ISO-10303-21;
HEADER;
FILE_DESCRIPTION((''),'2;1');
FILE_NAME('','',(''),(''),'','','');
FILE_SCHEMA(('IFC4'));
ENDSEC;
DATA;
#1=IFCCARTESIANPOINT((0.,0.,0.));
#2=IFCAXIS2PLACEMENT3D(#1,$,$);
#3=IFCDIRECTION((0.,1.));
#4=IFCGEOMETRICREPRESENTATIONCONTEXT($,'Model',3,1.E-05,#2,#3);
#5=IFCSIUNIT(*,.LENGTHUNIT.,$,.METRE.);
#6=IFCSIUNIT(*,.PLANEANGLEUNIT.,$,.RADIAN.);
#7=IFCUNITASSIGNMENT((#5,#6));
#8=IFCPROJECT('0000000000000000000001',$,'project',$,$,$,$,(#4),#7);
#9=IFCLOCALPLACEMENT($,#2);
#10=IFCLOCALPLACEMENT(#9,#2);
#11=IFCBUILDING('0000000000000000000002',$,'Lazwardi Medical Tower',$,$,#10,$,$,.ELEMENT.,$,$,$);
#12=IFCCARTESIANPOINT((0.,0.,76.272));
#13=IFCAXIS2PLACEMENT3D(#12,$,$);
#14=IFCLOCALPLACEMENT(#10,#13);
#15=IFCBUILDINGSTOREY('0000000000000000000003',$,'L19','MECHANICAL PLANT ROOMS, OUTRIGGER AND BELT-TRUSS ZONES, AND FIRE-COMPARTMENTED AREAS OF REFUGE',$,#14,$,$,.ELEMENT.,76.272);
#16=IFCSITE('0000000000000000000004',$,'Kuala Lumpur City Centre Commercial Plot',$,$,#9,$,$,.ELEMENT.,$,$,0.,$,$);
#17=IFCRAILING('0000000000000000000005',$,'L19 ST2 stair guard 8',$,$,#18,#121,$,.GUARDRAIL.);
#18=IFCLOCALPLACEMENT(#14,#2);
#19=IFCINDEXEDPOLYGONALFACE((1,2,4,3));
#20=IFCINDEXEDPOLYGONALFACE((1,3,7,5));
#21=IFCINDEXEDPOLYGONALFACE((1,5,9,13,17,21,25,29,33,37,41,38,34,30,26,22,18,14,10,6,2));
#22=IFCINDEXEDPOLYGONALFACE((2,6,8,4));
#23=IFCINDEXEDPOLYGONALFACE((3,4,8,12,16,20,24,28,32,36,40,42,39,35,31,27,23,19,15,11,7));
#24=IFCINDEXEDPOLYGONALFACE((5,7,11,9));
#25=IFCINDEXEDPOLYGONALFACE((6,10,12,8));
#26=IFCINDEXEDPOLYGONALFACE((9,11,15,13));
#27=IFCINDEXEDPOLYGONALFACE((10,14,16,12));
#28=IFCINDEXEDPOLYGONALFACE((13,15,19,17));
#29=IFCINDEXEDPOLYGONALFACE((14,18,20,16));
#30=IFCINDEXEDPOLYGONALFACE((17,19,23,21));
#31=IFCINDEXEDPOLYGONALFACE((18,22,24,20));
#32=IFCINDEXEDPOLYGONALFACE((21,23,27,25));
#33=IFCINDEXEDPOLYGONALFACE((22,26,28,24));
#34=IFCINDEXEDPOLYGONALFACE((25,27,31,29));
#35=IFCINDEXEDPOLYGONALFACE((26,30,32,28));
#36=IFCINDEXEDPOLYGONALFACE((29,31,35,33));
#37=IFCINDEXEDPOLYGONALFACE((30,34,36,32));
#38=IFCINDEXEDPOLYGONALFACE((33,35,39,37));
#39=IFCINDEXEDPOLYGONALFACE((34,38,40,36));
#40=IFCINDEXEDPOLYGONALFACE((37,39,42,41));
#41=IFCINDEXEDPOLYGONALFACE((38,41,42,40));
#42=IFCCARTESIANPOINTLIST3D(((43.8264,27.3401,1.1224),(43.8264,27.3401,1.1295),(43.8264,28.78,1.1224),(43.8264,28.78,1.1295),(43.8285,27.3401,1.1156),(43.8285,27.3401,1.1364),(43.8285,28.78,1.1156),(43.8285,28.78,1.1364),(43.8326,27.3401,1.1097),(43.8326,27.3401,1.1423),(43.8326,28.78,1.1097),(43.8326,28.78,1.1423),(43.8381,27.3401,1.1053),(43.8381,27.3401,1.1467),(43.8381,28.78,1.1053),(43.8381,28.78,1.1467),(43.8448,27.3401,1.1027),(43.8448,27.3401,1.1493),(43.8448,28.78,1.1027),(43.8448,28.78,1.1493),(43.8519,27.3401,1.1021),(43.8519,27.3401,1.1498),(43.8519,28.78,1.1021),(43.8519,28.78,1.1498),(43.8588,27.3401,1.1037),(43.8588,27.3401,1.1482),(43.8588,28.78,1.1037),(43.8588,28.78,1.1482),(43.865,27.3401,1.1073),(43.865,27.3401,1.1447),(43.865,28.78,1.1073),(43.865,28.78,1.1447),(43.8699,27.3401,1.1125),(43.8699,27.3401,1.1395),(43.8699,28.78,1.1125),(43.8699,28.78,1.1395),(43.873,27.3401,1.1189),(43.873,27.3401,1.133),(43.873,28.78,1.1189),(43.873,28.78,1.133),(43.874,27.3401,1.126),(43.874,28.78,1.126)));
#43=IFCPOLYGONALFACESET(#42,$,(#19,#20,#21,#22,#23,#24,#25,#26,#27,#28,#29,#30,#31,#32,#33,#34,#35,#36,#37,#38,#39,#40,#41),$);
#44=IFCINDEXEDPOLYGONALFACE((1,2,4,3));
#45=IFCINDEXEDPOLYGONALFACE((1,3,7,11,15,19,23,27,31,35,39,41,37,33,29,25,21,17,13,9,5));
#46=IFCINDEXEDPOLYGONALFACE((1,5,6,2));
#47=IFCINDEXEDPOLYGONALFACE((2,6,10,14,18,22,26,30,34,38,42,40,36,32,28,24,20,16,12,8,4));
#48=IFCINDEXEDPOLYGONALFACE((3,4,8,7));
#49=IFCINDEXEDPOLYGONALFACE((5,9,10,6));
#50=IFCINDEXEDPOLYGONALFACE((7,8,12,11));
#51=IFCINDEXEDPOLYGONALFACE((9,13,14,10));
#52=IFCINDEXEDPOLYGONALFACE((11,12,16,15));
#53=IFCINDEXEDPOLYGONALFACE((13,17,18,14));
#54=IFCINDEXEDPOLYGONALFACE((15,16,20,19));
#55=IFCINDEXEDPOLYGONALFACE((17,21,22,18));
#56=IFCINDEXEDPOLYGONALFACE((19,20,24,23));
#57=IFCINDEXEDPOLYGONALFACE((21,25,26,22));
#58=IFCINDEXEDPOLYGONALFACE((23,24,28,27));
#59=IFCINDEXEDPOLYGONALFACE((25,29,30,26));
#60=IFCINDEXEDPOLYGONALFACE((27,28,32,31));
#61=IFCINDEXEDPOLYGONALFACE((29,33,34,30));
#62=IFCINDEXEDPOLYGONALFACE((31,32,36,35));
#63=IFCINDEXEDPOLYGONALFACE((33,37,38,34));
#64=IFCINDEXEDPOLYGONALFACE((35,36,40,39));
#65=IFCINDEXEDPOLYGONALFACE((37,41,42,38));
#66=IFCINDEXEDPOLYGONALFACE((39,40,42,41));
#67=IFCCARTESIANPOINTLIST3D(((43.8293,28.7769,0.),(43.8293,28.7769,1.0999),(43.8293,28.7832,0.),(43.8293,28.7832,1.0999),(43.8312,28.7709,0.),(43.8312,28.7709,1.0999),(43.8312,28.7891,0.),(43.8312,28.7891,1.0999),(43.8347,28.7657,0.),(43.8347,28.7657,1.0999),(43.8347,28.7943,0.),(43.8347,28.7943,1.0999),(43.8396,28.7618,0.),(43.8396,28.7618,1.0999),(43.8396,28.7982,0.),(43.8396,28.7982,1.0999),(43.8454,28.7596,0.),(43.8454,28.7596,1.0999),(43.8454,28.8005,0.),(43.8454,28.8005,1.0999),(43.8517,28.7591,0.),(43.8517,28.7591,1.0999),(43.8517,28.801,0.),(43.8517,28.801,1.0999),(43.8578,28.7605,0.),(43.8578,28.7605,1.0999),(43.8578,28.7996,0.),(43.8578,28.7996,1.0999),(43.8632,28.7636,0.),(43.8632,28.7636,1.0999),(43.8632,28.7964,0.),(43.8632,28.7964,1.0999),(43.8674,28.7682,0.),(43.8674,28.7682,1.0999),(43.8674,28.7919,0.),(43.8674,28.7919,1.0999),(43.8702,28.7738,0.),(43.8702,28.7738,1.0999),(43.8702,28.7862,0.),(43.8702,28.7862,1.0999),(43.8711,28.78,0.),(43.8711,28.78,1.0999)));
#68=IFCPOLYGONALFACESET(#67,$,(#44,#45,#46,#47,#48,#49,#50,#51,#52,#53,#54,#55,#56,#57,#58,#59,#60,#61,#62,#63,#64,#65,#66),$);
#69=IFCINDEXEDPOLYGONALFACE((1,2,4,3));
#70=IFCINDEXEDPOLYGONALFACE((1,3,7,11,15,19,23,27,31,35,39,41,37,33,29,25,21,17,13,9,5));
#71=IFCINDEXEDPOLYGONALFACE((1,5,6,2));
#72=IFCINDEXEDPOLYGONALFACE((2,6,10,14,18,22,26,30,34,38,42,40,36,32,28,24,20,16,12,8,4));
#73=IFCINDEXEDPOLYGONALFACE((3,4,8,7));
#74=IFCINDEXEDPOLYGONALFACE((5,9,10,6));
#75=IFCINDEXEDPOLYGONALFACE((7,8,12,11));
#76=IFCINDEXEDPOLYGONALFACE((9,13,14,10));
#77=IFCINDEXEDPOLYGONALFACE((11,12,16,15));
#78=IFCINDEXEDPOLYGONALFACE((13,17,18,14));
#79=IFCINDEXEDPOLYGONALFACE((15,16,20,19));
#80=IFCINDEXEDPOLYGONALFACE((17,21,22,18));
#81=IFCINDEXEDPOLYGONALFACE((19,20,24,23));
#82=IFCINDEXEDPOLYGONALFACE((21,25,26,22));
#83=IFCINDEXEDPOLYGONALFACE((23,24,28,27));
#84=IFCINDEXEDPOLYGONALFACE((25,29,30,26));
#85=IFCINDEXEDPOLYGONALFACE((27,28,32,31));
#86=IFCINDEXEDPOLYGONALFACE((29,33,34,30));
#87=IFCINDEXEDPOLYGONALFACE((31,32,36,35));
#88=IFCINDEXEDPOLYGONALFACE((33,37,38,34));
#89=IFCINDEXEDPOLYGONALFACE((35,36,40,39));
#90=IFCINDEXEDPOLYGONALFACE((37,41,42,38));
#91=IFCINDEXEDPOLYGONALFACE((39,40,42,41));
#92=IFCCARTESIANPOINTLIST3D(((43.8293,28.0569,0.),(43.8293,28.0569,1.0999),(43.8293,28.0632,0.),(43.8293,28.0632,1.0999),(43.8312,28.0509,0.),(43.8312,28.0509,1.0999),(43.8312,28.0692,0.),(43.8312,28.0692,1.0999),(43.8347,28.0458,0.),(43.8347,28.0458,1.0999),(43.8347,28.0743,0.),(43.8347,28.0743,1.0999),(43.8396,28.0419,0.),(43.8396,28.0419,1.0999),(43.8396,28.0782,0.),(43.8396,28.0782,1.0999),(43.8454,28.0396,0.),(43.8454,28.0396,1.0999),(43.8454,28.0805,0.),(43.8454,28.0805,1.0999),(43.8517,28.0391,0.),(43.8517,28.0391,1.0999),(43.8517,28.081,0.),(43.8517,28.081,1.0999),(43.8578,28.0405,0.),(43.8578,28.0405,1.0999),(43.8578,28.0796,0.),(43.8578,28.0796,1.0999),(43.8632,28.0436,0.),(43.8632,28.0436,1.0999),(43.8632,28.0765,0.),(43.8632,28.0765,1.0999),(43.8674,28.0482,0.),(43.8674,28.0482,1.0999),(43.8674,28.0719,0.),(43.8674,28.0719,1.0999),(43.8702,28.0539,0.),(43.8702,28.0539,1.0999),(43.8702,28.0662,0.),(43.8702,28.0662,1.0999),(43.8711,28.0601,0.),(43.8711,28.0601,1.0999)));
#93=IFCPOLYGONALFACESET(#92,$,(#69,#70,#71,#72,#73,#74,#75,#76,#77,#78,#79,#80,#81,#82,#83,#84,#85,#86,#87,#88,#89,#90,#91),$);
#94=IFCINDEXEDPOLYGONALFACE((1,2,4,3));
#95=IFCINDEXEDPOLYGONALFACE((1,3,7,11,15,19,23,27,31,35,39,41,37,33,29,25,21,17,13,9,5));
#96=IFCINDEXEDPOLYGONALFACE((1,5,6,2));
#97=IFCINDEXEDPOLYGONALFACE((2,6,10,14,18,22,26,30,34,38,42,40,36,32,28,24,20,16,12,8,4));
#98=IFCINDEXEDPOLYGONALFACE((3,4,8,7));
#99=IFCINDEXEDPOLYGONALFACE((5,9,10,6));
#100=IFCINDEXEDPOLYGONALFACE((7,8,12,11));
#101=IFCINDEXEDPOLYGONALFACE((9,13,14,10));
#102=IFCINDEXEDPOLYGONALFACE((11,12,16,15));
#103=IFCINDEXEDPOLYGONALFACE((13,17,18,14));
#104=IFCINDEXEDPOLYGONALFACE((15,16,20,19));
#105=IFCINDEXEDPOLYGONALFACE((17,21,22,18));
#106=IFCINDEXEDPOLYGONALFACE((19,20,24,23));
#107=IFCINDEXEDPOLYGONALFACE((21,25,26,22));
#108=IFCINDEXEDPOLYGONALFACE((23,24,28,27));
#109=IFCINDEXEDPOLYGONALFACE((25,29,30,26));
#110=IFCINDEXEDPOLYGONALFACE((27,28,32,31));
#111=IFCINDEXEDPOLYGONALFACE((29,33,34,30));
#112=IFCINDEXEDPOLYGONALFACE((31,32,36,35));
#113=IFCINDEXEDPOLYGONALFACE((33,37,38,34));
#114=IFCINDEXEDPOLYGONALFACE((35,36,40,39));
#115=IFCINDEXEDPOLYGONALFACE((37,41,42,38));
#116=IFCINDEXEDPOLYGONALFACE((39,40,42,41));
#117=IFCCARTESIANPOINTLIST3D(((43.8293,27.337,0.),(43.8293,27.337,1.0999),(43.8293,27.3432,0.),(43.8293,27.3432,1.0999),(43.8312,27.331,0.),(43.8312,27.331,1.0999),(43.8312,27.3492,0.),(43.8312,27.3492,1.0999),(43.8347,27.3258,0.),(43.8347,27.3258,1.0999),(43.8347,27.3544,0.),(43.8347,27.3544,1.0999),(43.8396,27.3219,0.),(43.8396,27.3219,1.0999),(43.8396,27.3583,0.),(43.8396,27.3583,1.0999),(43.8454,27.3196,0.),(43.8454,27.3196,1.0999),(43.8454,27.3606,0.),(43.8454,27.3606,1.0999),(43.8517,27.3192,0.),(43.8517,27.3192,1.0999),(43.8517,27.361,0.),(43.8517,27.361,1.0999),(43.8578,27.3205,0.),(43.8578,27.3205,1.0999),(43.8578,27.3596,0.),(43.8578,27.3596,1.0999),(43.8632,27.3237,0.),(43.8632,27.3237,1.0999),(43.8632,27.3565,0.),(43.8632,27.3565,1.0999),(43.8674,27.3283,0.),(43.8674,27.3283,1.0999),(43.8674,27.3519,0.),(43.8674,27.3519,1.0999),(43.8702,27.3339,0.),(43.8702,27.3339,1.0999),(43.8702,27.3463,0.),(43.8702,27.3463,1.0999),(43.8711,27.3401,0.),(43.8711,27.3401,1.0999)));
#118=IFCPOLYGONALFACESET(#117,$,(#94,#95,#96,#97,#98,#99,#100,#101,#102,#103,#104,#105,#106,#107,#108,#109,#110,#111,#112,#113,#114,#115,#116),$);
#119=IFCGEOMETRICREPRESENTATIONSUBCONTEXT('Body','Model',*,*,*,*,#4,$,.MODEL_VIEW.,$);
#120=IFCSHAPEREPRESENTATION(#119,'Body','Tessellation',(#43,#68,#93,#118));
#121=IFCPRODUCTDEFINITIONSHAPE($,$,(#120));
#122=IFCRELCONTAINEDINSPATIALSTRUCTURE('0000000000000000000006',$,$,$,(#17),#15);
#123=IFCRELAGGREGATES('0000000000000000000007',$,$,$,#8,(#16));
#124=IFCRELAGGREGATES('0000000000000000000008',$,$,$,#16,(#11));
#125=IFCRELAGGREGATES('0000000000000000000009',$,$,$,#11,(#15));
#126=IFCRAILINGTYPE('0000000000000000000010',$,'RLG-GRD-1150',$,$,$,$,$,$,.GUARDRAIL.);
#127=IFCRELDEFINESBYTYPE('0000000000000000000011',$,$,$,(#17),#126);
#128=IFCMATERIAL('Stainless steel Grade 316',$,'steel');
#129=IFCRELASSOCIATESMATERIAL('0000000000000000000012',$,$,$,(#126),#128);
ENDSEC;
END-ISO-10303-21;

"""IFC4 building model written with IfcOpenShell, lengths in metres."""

from ifc_helpers import new_model, si_unit, direction, frame, origin, origin_2d, place, context, subcontext, project, spatial, circle, extrude, material, type_object, element, save


model = new_model("IFC4")

# Units and contexts
model_context = context("Model", 3, precision=1e-05, world=origin(), true_north=direction((0.0, 1.0)))
body_context = subcontext(model_context, "Body", "Model", "MODEL_VIEW")
ifc_project = project(units=[si_unit("LENGTHUNIT", "METRE"), si_unit("PLANEANGLEUNIT", "RADIAN")], contexts=[model_context])

# Site, building, storey
site_placement = place(None, origin())
site = spatial("IfcSite", under=ifc_project, at=site_placement, Name="Kuala Lumpur City Centre Commercial Plot", CompositionType="ELEMENT", RefElevation=0.0)
building_placement = place(site_placement, origin())
building = spatial("IfcBuilding", under=site, at=building_placement, Name="Lazwardi Medical Tower", CompositionType="ELEMENT")
storey_placement = place(building_placement, frame((0.0, 0.0, 76.272)))
storey = spatial("IfcBuildingStorey", under=building, at=storey_placement, Name="L19", Description="MECHANICAL PLANT ROOMS, OUTRIGGER AND BELT-TRUSS ZONES, AND FIRE-COMPARTMENTED AREAS OF REFUGE", CompositionType="ELEMENT", Elevation=76.272)

# Railing
ifc_material_1 = material(Name="Stainless steel Grade 316", Category="steel")
railing_type_1 = type_object("IfcRailingType", Name="RLG-GRD-1150", PredefinedType="GUARDRAIL", material=ifc_material_1)
railing_1_placement = place(storey_placement, frame((43.8501, 28.78, 0.0)))
element("IfcRailing", 1, at=railing_1_placement, inside=storey, type_object=railing_type_1, Name="L19 ST2 stair guard 8", PredefinedType="GUARDRAIL", context=body_context, shape_type="SweptSolid", body=[
    extrude(circle(Radius=0.0239, at=origin_2d()), frame((0.0, 0.0, 1.126), z_axis=(0.0, -1.0, 0.0), x_axis=(1.0, 0.0, 0.0)), (0.0, 0.0, 1.0), 1.4399),
    extrude(circle(Radius=0.021, at=origin_2d()), origin(), (0.0, 0.0, 1.0), 1.0999),
    extrude(circle(Radius=0.021, at=origin_2d()), frame((0.0, -0.72, 0.0)), (0.0, 0.0, 1.0), 1.0999),
    extrude(circle(Radius=0.021, at=origin_2d()), frame((0.0, -1.4399, 0.0)), (0.0, 0.0, 1.0), 1.0999),
])

save(model, "model.ifc")
